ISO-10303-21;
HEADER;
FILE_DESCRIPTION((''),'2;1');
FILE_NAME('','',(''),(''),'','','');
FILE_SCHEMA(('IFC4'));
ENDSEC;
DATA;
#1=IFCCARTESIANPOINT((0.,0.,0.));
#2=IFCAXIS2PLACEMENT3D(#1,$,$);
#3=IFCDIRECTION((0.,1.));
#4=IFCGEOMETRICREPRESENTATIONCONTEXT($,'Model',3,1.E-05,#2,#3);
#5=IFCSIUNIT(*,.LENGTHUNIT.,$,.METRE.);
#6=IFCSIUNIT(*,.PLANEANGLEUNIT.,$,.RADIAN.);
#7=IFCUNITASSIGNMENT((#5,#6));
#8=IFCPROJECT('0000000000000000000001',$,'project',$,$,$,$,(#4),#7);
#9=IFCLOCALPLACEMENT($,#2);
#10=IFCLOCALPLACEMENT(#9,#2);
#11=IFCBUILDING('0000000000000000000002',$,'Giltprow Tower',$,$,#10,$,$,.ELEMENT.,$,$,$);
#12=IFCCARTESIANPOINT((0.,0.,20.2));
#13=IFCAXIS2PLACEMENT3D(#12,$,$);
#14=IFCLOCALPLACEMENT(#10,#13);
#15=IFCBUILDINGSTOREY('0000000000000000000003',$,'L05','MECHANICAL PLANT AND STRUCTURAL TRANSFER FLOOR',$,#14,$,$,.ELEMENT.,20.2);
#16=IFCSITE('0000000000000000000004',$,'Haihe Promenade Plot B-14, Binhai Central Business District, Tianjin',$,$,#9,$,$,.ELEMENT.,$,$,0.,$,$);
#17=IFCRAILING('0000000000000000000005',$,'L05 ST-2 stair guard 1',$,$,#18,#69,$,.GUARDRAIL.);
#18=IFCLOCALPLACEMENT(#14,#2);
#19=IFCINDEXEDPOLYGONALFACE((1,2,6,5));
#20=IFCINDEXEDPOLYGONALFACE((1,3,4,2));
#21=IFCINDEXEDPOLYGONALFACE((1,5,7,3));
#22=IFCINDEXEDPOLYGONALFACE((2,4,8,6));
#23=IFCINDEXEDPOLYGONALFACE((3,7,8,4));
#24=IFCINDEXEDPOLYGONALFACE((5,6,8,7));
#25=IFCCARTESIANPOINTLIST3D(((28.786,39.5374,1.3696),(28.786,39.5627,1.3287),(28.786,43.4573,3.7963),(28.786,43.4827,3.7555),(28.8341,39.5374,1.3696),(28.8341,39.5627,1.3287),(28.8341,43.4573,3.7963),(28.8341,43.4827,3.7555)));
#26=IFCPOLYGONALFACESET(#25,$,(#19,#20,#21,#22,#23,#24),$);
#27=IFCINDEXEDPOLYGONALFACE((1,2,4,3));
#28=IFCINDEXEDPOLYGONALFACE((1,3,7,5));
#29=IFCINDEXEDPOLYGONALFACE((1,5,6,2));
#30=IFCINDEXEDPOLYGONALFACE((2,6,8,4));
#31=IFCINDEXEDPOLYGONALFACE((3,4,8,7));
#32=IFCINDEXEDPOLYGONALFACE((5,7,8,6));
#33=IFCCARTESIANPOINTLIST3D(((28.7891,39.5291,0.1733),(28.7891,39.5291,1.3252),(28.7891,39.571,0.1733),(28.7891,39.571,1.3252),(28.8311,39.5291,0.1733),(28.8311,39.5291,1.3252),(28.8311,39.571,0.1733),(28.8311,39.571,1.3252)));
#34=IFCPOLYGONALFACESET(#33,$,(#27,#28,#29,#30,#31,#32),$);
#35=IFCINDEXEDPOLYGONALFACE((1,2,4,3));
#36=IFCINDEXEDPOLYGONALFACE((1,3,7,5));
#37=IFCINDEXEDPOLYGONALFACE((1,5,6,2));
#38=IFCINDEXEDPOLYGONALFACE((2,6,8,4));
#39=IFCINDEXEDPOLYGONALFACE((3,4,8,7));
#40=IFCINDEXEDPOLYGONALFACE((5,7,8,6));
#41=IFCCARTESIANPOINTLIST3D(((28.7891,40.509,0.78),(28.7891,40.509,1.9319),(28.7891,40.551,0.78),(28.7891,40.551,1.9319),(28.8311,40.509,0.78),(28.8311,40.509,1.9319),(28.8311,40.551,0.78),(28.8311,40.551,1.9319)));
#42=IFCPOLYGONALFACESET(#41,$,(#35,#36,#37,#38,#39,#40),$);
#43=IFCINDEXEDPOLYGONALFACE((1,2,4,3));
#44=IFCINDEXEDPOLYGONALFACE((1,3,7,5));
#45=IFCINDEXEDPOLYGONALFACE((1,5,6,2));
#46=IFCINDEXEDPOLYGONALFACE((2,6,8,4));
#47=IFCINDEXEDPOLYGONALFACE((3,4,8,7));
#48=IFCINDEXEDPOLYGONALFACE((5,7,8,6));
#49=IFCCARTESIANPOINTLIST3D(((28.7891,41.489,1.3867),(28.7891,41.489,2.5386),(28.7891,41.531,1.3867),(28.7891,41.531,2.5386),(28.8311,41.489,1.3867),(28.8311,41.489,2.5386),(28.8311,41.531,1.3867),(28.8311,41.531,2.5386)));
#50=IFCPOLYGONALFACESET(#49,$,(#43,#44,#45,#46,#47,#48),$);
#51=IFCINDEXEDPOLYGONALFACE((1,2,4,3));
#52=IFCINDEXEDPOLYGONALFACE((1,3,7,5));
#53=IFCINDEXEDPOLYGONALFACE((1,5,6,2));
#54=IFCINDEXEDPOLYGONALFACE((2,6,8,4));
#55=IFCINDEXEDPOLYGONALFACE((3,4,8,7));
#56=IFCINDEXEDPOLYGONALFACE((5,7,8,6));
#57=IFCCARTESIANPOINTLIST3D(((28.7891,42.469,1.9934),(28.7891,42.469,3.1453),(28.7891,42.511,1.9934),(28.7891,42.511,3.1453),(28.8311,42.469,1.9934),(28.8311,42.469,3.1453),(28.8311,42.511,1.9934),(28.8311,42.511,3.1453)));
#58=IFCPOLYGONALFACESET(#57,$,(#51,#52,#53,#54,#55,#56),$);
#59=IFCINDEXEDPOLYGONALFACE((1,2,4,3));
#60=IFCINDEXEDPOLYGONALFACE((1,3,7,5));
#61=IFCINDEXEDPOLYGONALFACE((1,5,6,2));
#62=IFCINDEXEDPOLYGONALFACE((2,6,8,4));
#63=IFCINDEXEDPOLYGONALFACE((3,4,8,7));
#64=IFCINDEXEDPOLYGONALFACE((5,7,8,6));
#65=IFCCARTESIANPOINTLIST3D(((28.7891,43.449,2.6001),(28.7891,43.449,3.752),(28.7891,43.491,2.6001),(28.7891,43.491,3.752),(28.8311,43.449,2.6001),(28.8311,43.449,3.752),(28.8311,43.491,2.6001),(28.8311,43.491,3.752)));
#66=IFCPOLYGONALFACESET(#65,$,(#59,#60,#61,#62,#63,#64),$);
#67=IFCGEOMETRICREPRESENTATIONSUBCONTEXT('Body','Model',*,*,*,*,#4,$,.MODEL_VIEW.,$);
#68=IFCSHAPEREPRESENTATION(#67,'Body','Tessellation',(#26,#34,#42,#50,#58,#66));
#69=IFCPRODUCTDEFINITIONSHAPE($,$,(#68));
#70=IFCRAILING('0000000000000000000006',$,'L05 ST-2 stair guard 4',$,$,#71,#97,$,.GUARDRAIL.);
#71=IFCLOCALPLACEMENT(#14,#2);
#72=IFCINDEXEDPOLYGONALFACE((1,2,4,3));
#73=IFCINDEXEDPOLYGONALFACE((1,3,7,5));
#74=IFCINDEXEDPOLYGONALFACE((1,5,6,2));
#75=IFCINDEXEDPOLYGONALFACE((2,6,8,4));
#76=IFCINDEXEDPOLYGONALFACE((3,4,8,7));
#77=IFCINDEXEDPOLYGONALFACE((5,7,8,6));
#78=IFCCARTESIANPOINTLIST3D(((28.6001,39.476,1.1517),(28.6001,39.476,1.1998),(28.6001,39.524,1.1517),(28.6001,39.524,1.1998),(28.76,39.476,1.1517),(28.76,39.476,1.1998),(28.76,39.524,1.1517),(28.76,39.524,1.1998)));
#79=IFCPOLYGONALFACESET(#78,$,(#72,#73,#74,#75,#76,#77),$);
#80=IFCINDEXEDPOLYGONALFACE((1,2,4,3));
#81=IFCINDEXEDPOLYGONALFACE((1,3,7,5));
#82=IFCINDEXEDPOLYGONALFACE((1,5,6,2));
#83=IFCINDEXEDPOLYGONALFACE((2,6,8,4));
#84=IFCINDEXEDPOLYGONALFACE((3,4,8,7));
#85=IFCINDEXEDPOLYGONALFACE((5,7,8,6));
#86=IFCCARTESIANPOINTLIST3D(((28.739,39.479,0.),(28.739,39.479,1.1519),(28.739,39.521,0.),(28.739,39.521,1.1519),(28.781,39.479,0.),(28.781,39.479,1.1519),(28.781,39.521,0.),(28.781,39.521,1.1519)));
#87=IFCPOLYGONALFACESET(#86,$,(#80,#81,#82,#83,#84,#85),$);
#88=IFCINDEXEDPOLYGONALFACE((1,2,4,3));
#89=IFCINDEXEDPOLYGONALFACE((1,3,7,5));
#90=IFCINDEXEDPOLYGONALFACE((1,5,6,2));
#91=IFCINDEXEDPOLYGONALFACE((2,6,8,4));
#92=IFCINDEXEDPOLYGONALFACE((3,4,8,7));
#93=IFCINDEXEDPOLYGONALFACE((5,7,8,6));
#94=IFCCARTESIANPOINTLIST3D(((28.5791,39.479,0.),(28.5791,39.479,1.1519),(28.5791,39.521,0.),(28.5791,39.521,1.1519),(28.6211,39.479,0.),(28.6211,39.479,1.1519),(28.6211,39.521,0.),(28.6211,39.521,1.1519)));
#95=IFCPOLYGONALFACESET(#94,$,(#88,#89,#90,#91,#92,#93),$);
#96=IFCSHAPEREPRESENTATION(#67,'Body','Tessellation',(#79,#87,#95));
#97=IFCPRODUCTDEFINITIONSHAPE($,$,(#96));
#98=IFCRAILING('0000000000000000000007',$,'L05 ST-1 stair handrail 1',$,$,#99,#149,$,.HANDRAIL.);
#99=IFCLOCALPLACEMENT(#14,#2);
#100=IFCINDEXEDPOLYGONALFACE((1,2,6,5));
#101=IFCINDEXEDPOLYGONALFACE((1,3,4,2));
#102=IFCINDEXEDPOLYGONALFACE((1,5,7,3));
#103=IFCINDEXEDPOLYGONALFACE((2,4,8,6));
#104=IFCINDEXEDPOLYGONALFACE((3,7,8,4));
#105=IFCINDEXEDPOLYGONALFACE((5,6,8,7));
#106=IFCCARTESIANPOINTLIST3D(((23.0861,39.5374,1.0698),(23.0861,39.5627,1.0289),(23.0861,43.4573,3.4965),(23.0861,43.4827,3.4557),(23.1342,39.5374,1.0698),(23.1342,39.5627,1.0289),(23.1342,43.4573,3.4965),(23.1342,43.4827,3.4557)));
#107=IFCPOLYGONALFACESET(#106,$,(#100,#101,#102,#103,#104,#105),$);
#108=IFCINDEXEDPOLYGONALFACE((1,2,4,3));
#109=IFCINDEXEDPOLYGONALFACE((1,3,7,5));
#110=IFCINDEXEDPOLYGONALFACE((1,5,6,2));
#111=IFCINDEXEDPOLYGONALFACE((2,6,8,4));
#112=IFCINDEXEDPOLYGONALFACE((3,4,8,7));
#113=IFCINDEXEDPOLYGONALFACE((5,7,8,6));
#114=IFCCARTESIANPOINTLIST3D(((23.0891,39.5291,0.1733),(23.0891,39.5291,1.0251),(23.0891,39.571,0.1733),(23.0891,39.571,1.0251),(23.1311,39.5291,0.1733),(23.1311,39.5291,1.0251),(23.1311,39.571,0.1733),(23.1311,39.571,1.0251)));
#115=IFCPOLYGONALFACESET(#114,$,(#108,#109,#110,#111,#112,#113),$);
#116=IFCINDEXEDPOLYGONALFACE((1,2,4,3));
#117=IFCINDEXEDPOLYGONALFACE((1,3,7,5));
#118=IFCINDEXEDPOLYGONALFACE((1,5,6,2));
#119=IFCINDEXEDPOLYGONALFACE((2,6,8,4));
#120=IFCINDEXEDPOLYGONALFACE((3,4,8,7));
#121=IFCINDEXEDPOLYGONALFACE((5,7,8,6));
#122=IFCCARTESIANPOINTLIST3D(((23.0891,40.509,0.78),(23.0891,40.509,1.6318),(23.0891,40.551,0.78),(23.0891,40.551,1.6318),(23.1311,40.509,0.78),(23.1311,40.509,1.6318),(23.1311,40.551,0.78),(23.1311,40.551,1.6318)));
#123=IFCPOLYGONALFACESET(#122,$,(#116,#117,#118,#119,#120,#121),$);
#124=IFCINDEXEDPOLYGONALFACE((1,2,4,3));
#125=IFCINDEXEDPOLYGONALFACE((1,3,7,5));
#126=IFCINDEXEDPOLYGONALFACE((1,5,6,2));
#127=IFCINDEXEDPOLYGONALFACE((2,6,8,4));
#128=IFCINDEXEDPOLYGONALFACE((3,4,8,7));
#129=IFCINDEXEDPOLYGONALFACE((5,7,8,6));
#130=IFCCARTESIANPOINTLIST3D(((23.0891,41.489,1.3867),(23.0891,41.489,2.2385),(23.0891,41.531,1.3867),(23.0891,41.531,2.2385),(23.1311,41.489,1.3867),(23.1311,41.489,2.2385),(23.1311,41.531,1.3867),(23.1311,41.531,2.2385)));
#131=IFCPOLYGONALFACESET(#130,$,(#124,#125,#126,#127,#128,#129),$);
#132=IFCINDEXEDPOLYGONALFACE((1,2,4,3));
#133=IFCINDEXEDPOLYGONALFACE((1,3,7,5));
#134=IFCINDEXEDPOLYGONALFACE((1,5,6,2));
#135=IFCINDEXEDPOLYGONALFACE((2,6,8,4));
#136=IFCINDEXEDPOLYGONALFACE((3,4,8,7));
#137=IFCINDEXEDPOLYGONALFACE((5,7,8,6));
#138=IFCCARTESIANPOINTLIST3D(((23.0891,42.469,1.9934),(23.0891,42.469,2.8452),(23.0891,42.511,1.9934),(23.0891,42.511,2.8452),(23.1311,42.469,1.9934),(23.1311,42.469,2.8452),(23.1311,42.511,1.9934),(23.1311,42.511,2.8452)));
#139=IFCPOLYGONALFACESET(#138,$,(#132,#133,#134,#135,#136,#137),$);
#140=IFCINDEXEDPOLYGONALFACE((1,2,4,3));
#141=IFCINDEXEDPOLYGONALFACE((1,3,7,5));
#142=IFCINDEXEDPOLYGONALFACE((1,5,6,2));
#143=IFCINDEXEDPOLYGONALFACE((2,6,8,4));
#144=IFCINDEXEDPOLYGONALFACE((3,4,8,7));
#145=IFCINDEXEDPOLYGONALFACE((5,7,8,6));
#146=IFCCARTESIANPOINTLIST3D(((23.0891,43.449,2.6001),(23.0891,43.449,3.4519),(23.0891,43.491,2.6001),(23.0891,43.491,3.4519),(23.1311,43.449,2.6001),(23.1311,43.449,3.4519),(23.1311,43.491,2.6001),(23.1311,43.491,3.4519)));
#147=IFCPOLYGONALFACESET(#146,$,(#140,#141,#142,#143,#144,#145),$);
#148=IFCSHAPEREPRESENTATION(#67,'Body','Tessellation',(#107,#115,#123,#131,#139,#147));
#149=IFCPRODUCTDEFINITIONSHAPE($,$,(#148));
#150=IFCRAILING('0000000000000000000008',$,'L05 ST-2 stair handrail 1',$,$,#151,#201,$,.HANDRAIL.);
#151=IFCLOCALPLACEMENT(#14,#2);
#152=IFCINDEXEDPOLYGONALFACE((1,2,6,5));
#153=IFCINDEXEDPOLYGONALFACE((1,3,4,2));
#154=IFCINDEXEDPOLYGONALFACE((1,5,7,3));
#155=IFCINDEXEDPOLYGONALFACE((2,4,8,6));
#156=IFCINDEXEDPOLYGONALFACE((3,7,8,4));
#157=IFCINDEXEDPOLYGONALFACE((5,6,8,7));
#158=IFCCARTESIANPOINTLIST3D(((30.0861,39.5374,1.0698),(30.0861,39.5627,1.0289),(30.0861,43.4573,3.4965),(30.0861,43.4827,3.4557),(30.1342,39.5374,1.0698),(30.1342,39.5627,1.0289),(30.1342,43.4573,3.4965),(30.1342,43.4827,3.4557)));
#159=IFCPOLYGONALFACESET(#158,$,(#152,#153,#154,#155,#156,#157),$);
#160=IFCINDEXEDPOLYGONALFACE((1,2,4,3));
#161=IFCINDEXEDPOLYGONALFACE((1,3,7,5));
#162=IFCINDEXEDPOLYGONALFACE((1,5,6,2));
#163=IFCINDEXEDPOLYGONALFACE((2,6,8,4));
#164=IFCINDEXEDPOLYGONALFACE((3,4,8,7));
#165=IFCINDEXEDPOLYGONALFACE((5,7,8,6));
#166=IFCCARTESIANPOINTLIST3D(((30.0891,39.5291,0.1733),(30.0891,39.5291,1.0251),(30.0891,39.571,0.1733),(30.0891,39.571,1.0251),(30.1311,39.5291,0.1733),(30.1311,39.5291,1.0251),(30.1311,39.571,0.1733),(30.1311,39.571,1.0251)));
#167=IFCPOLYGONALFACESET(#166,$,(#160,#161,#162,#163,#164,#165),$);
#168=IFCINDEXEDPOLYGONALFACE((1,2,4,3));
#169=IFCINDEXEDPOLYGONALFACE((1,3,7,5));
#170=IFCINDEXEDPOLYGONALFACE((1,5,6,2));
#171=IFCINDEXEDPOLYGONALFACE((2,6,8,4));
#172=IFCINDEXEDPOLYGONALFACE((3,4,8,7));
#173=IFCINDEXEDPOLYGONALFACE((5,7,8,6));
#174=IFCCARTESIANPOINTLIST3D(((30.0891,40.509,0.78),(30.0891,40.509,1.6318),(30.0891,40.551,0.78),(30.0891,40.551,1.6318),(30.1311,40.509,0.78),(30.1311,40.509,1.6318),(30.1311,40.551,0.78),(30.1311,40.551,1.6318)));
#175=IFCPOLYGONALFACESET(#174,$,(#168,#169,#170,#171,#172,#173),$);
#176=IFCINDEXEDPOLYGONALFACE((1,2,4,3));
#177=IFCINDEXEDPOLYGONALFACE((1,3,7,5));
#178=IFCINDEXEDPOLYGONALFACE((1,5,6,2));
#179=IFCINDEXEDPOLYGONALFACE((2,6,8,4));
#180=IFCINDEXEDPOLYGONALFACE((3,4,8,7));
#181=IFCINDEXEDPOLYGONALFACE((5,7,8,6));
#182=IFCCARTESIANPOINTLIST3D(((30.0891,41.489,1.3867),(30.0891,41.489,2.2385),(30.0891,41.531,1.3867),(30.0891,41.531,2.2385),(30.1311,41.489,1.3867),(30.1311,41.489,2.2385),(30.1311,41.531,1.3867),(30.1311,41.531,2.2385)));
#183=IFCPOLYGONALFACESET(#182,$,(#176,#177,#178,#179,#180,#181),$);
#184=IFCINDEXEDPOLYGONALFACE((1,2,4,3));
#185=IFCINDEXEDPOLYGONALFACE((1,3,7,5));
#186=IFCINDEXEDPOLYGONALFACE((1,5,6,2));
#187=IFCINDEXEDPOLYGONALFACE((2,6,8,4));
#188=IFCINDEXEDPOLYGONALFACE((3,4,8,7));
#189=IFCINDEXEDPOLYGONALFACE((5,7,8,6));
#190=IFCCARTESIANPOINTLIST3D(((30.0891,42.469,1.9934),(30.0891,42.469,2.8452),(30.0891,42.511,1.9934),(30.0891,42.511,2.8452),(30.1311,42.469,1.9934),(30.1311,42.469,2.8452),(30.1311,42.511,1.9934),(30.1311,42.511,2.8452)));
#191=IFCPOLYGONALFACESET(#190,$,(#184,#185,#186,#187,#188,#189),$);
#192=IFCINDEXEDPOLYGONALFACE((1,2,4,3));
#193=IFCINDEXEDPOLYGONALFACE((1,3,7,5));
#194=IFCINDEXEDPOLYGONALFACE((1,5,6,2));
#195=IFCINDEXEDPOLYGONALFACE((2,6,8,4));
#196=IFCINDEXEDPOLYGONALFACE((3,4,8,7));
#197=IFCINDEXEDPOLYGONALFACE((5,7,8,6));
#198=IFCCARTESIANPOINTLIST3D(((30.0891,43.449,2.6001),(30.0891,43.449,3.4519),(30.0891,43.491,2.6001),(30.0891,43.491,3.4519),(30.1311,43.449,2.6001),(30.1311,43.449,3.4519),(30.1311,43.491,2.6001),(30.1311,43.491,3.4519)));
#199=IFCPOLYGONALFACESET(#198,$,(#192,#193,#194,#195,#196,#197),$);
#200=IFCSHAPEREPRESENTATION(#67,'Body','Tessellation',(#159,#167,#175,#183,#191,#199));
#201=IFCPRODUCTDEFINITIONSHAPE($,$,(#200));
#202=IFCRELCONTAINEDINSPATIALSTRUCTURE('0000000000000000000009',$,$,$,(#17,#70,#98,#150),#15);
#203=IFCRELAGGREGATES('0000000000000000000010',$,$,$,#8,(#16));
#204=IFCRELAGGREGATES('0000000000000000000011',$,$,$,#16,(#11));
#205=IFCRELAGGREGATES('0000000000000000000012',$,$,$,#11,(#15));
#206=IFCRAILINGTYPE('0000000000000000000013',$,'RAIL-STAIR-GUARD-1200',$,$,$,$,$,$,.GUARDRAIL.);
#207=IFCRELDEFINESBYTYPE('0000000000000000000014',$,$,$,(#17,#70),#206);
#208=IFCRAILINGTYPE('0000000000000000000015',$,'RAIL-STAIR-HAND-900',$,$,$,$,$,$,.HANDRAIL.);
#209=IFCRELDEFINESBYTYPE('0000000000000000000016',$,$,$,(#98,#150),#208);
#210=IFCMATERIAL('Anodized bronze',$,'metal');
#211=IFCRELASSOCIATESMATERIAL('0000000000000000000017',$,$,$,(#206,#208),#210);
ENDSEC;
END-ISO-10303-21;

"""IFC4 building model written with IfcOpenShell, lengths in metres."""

from ifc_helpers import new_model, si_unit, direction, frame, origin, origin_2d, place, context, subcontext, project, spatial, rectangle, extrude, material, type_object, element, save


model = new_model("IFC4")

# Units and contexts
model_context = context("Model", 3, precision=1e-05, world=origin(), true_north=direction((0.0, 1.0)))
body_context = subcontext(model_context, "Body", "Model", "MODEL_VIEW")
ifc_project = project(units=[si_unit("LENGTHUNIT", "METRE"), si_unit("PLANEANGLEUNIT", "RADIAN")], contexts=[model_context])

# Site, building, storey
site_placement = place(None, origin())
site = spatial("IfcSite", under=ifc_project, at=site_placement, Name="Haihe Promenade Plot B-14, Binhai Central Business District, Tianjin", CompositionType="ELEMENT", RefElevation=0.0)
building_placement = place(site_placement, origin())
building = spatial("IfcBuilding", under=site, at=building_placement, Name="Giltprow Tower", CompositionType="ELEMENT")
storey_placement = place(building_placement, frame((0.0, 0.0, 20.2)))
storey = spatial("IfcBuildingStorey", under=building, at=storey_placement, Name="L05", Description="MECHANICAL PLANT AND STRUCTURAL TRANSFER FLOOR", CompositionType="ELEMENT", Elevation=20.2)

# Railings
ifc_material_1 = material(Name="Anodized bronze", Category="metal")
railing_type_1 = type_object("IfcRailingType", Name="RAIL-STAIR-GUARD-1200", PredefinedType="GUARDRAIL", material=ifc_material_1)
railing_1_placement = place(storey_placement, frame((28.8101, 39.55, 0.1733)))
element("IfcRailing", 1, at=railing_1_placement, inside=storey, type_object=railing_type_1, Name="L05 ST-2 stair guard 1", PredefinedType="GUARDRAIL", context=body_context, shape_type="SweptSolid", body=[
    extrude(rectangle(XDim=0.0481, YDim=0.0481, at=origin_2d()), frame((0.0, 0.0, 1.1758), z_axis=(0.0, 0.850252, 0.526376), x_axis=(-1.0, 0.0, 0.0)), (0.0, 0.0, 1.0), 4.6104),
    extrude(rectangle(XDim=0.042, YDim=0.042, at=origin_2d()), origin(), (0.0, 0.0, 1.0), 1.1519),
    extrude(rectangle(XDim=0.042, YDim=0.042, at=origin_2d()), frame((0.0, 0.98, 0.6067)), (0.0, 0.0, 1.0), 1.1519),
    extrude(rectangle(XDim=0.042, YDim=0.042, at=origin_2d()), frame((0.0, 1.96, 1.2134)), (0.0, 0.0, 1.0), 1.1519),
    extrude(rectangle(XDim=0.042, YDim=0.042, at=origin_2d()), frame((0.0, 2.9399, 1.8201)), (0.0, 0.0, 1.0), 1.1519),
    extrude(rectangle(XDim=0.042, YDim=0.042, at=origin_2d()), frame((0.0, 3.9199, 2.4268)), (0.0, 0.0, 1.0), 1.1519),
])
railing_2_placement = place(storey_placement, frame((28.76, 39.5, 0.0)))
element("IfcRailing", 2, at=railing_2_placement, inside=storey, type_object=railing_type_1, Name="L05 ST-2 stair guard 4", PredefinedType="GUARDRAIL", context=body_context, shape_type="SweptSolid", body=[
    extrude(rectangle(XDim=0.0481, YDim=0.0481, at=origin_2d()), frame((0.0, 0.0, 1.1758), z_axis=(-1.0, 0.0, 0.0), x_axis=(0.0, -1.0, 0.0)), (0.0, 0.0, 1.0), 0.1599),
    extrude(rectangle(XDim=0.042, YDim=0.042, at=origin_2d()), origin(), (0.0, 0.0, 1.0), 1.1519),
    extrude(rectangle(XDim=0.042, YDim=0.042, at=origin_2d()), frame((-0.1599, 0.0, 0.0)), (0.0, 0.0, 1.0), 1.1519),
])
railing_type_2 = type_object("IfcRailingType", Name="RAIL-STAIR-HAND-900", PredefinedType="HANDRAIL", material=ifc_material_1)
for number, where, name in (
    (3, (23.1101, 39.55, 0.1733), "L05 ST-1 stair handrail 1"),
    (4, (30.1101, 39.55, 0.1733), "L05 ST-2 stair handrail 1"),
):
    element("IfcRailing", number, at=place(storey_placement, frame(where)), inside=storey, type_object=railing_type_2, Name=name, PredefinedType="HANDRAIL", context=body_context, shape_type="SweptSolid", body=[
        extrude(rectangle(XDim=0.0481, YDim=0.0481, at=origin_2d()), frame((0.0, 0.0, 0.876), z_axis=(0.0, 0.850252, 0.526376), x_axis=(-1.0, 0.0, 0.0)), (0.0, 0.0, 1.0), 4.6104),
        extrude(rectangle(XDim=0.042, YDim=0.042, at=origin_2d()), origin(), (0.0, 0.0, 1.0), 0.8518),
        extrude(rectangle(XDim=0.042, YDim=0.042, at=origin_2d()), frame((0.0, 0.98, 0.6067)), (0.0, 0.0, 1.0), 0.8518),
        extrude(rectangle(XDim=0.042, YDim=0.042, at=origin_2d()), frame((0.0, 1.96, 1.2134)), (0.0, 0.0, 1.0), 0.8518),
        extrude(rectangle(XDim=0.042, YDim=0.042, at=origin_2d()), frame((0.0, 2.9399, 1.8201)), (0.0, 0.0, 1.0), 0.8518),
        extrude(rectangle(XDim=0.042, YDim=0.042, at=origin_2d()), frame((0.0, 3.9199, 2.4268)), (0.0, 0.0, 1.0), 0.8518),
    ])

save(model, "model.ifc")
